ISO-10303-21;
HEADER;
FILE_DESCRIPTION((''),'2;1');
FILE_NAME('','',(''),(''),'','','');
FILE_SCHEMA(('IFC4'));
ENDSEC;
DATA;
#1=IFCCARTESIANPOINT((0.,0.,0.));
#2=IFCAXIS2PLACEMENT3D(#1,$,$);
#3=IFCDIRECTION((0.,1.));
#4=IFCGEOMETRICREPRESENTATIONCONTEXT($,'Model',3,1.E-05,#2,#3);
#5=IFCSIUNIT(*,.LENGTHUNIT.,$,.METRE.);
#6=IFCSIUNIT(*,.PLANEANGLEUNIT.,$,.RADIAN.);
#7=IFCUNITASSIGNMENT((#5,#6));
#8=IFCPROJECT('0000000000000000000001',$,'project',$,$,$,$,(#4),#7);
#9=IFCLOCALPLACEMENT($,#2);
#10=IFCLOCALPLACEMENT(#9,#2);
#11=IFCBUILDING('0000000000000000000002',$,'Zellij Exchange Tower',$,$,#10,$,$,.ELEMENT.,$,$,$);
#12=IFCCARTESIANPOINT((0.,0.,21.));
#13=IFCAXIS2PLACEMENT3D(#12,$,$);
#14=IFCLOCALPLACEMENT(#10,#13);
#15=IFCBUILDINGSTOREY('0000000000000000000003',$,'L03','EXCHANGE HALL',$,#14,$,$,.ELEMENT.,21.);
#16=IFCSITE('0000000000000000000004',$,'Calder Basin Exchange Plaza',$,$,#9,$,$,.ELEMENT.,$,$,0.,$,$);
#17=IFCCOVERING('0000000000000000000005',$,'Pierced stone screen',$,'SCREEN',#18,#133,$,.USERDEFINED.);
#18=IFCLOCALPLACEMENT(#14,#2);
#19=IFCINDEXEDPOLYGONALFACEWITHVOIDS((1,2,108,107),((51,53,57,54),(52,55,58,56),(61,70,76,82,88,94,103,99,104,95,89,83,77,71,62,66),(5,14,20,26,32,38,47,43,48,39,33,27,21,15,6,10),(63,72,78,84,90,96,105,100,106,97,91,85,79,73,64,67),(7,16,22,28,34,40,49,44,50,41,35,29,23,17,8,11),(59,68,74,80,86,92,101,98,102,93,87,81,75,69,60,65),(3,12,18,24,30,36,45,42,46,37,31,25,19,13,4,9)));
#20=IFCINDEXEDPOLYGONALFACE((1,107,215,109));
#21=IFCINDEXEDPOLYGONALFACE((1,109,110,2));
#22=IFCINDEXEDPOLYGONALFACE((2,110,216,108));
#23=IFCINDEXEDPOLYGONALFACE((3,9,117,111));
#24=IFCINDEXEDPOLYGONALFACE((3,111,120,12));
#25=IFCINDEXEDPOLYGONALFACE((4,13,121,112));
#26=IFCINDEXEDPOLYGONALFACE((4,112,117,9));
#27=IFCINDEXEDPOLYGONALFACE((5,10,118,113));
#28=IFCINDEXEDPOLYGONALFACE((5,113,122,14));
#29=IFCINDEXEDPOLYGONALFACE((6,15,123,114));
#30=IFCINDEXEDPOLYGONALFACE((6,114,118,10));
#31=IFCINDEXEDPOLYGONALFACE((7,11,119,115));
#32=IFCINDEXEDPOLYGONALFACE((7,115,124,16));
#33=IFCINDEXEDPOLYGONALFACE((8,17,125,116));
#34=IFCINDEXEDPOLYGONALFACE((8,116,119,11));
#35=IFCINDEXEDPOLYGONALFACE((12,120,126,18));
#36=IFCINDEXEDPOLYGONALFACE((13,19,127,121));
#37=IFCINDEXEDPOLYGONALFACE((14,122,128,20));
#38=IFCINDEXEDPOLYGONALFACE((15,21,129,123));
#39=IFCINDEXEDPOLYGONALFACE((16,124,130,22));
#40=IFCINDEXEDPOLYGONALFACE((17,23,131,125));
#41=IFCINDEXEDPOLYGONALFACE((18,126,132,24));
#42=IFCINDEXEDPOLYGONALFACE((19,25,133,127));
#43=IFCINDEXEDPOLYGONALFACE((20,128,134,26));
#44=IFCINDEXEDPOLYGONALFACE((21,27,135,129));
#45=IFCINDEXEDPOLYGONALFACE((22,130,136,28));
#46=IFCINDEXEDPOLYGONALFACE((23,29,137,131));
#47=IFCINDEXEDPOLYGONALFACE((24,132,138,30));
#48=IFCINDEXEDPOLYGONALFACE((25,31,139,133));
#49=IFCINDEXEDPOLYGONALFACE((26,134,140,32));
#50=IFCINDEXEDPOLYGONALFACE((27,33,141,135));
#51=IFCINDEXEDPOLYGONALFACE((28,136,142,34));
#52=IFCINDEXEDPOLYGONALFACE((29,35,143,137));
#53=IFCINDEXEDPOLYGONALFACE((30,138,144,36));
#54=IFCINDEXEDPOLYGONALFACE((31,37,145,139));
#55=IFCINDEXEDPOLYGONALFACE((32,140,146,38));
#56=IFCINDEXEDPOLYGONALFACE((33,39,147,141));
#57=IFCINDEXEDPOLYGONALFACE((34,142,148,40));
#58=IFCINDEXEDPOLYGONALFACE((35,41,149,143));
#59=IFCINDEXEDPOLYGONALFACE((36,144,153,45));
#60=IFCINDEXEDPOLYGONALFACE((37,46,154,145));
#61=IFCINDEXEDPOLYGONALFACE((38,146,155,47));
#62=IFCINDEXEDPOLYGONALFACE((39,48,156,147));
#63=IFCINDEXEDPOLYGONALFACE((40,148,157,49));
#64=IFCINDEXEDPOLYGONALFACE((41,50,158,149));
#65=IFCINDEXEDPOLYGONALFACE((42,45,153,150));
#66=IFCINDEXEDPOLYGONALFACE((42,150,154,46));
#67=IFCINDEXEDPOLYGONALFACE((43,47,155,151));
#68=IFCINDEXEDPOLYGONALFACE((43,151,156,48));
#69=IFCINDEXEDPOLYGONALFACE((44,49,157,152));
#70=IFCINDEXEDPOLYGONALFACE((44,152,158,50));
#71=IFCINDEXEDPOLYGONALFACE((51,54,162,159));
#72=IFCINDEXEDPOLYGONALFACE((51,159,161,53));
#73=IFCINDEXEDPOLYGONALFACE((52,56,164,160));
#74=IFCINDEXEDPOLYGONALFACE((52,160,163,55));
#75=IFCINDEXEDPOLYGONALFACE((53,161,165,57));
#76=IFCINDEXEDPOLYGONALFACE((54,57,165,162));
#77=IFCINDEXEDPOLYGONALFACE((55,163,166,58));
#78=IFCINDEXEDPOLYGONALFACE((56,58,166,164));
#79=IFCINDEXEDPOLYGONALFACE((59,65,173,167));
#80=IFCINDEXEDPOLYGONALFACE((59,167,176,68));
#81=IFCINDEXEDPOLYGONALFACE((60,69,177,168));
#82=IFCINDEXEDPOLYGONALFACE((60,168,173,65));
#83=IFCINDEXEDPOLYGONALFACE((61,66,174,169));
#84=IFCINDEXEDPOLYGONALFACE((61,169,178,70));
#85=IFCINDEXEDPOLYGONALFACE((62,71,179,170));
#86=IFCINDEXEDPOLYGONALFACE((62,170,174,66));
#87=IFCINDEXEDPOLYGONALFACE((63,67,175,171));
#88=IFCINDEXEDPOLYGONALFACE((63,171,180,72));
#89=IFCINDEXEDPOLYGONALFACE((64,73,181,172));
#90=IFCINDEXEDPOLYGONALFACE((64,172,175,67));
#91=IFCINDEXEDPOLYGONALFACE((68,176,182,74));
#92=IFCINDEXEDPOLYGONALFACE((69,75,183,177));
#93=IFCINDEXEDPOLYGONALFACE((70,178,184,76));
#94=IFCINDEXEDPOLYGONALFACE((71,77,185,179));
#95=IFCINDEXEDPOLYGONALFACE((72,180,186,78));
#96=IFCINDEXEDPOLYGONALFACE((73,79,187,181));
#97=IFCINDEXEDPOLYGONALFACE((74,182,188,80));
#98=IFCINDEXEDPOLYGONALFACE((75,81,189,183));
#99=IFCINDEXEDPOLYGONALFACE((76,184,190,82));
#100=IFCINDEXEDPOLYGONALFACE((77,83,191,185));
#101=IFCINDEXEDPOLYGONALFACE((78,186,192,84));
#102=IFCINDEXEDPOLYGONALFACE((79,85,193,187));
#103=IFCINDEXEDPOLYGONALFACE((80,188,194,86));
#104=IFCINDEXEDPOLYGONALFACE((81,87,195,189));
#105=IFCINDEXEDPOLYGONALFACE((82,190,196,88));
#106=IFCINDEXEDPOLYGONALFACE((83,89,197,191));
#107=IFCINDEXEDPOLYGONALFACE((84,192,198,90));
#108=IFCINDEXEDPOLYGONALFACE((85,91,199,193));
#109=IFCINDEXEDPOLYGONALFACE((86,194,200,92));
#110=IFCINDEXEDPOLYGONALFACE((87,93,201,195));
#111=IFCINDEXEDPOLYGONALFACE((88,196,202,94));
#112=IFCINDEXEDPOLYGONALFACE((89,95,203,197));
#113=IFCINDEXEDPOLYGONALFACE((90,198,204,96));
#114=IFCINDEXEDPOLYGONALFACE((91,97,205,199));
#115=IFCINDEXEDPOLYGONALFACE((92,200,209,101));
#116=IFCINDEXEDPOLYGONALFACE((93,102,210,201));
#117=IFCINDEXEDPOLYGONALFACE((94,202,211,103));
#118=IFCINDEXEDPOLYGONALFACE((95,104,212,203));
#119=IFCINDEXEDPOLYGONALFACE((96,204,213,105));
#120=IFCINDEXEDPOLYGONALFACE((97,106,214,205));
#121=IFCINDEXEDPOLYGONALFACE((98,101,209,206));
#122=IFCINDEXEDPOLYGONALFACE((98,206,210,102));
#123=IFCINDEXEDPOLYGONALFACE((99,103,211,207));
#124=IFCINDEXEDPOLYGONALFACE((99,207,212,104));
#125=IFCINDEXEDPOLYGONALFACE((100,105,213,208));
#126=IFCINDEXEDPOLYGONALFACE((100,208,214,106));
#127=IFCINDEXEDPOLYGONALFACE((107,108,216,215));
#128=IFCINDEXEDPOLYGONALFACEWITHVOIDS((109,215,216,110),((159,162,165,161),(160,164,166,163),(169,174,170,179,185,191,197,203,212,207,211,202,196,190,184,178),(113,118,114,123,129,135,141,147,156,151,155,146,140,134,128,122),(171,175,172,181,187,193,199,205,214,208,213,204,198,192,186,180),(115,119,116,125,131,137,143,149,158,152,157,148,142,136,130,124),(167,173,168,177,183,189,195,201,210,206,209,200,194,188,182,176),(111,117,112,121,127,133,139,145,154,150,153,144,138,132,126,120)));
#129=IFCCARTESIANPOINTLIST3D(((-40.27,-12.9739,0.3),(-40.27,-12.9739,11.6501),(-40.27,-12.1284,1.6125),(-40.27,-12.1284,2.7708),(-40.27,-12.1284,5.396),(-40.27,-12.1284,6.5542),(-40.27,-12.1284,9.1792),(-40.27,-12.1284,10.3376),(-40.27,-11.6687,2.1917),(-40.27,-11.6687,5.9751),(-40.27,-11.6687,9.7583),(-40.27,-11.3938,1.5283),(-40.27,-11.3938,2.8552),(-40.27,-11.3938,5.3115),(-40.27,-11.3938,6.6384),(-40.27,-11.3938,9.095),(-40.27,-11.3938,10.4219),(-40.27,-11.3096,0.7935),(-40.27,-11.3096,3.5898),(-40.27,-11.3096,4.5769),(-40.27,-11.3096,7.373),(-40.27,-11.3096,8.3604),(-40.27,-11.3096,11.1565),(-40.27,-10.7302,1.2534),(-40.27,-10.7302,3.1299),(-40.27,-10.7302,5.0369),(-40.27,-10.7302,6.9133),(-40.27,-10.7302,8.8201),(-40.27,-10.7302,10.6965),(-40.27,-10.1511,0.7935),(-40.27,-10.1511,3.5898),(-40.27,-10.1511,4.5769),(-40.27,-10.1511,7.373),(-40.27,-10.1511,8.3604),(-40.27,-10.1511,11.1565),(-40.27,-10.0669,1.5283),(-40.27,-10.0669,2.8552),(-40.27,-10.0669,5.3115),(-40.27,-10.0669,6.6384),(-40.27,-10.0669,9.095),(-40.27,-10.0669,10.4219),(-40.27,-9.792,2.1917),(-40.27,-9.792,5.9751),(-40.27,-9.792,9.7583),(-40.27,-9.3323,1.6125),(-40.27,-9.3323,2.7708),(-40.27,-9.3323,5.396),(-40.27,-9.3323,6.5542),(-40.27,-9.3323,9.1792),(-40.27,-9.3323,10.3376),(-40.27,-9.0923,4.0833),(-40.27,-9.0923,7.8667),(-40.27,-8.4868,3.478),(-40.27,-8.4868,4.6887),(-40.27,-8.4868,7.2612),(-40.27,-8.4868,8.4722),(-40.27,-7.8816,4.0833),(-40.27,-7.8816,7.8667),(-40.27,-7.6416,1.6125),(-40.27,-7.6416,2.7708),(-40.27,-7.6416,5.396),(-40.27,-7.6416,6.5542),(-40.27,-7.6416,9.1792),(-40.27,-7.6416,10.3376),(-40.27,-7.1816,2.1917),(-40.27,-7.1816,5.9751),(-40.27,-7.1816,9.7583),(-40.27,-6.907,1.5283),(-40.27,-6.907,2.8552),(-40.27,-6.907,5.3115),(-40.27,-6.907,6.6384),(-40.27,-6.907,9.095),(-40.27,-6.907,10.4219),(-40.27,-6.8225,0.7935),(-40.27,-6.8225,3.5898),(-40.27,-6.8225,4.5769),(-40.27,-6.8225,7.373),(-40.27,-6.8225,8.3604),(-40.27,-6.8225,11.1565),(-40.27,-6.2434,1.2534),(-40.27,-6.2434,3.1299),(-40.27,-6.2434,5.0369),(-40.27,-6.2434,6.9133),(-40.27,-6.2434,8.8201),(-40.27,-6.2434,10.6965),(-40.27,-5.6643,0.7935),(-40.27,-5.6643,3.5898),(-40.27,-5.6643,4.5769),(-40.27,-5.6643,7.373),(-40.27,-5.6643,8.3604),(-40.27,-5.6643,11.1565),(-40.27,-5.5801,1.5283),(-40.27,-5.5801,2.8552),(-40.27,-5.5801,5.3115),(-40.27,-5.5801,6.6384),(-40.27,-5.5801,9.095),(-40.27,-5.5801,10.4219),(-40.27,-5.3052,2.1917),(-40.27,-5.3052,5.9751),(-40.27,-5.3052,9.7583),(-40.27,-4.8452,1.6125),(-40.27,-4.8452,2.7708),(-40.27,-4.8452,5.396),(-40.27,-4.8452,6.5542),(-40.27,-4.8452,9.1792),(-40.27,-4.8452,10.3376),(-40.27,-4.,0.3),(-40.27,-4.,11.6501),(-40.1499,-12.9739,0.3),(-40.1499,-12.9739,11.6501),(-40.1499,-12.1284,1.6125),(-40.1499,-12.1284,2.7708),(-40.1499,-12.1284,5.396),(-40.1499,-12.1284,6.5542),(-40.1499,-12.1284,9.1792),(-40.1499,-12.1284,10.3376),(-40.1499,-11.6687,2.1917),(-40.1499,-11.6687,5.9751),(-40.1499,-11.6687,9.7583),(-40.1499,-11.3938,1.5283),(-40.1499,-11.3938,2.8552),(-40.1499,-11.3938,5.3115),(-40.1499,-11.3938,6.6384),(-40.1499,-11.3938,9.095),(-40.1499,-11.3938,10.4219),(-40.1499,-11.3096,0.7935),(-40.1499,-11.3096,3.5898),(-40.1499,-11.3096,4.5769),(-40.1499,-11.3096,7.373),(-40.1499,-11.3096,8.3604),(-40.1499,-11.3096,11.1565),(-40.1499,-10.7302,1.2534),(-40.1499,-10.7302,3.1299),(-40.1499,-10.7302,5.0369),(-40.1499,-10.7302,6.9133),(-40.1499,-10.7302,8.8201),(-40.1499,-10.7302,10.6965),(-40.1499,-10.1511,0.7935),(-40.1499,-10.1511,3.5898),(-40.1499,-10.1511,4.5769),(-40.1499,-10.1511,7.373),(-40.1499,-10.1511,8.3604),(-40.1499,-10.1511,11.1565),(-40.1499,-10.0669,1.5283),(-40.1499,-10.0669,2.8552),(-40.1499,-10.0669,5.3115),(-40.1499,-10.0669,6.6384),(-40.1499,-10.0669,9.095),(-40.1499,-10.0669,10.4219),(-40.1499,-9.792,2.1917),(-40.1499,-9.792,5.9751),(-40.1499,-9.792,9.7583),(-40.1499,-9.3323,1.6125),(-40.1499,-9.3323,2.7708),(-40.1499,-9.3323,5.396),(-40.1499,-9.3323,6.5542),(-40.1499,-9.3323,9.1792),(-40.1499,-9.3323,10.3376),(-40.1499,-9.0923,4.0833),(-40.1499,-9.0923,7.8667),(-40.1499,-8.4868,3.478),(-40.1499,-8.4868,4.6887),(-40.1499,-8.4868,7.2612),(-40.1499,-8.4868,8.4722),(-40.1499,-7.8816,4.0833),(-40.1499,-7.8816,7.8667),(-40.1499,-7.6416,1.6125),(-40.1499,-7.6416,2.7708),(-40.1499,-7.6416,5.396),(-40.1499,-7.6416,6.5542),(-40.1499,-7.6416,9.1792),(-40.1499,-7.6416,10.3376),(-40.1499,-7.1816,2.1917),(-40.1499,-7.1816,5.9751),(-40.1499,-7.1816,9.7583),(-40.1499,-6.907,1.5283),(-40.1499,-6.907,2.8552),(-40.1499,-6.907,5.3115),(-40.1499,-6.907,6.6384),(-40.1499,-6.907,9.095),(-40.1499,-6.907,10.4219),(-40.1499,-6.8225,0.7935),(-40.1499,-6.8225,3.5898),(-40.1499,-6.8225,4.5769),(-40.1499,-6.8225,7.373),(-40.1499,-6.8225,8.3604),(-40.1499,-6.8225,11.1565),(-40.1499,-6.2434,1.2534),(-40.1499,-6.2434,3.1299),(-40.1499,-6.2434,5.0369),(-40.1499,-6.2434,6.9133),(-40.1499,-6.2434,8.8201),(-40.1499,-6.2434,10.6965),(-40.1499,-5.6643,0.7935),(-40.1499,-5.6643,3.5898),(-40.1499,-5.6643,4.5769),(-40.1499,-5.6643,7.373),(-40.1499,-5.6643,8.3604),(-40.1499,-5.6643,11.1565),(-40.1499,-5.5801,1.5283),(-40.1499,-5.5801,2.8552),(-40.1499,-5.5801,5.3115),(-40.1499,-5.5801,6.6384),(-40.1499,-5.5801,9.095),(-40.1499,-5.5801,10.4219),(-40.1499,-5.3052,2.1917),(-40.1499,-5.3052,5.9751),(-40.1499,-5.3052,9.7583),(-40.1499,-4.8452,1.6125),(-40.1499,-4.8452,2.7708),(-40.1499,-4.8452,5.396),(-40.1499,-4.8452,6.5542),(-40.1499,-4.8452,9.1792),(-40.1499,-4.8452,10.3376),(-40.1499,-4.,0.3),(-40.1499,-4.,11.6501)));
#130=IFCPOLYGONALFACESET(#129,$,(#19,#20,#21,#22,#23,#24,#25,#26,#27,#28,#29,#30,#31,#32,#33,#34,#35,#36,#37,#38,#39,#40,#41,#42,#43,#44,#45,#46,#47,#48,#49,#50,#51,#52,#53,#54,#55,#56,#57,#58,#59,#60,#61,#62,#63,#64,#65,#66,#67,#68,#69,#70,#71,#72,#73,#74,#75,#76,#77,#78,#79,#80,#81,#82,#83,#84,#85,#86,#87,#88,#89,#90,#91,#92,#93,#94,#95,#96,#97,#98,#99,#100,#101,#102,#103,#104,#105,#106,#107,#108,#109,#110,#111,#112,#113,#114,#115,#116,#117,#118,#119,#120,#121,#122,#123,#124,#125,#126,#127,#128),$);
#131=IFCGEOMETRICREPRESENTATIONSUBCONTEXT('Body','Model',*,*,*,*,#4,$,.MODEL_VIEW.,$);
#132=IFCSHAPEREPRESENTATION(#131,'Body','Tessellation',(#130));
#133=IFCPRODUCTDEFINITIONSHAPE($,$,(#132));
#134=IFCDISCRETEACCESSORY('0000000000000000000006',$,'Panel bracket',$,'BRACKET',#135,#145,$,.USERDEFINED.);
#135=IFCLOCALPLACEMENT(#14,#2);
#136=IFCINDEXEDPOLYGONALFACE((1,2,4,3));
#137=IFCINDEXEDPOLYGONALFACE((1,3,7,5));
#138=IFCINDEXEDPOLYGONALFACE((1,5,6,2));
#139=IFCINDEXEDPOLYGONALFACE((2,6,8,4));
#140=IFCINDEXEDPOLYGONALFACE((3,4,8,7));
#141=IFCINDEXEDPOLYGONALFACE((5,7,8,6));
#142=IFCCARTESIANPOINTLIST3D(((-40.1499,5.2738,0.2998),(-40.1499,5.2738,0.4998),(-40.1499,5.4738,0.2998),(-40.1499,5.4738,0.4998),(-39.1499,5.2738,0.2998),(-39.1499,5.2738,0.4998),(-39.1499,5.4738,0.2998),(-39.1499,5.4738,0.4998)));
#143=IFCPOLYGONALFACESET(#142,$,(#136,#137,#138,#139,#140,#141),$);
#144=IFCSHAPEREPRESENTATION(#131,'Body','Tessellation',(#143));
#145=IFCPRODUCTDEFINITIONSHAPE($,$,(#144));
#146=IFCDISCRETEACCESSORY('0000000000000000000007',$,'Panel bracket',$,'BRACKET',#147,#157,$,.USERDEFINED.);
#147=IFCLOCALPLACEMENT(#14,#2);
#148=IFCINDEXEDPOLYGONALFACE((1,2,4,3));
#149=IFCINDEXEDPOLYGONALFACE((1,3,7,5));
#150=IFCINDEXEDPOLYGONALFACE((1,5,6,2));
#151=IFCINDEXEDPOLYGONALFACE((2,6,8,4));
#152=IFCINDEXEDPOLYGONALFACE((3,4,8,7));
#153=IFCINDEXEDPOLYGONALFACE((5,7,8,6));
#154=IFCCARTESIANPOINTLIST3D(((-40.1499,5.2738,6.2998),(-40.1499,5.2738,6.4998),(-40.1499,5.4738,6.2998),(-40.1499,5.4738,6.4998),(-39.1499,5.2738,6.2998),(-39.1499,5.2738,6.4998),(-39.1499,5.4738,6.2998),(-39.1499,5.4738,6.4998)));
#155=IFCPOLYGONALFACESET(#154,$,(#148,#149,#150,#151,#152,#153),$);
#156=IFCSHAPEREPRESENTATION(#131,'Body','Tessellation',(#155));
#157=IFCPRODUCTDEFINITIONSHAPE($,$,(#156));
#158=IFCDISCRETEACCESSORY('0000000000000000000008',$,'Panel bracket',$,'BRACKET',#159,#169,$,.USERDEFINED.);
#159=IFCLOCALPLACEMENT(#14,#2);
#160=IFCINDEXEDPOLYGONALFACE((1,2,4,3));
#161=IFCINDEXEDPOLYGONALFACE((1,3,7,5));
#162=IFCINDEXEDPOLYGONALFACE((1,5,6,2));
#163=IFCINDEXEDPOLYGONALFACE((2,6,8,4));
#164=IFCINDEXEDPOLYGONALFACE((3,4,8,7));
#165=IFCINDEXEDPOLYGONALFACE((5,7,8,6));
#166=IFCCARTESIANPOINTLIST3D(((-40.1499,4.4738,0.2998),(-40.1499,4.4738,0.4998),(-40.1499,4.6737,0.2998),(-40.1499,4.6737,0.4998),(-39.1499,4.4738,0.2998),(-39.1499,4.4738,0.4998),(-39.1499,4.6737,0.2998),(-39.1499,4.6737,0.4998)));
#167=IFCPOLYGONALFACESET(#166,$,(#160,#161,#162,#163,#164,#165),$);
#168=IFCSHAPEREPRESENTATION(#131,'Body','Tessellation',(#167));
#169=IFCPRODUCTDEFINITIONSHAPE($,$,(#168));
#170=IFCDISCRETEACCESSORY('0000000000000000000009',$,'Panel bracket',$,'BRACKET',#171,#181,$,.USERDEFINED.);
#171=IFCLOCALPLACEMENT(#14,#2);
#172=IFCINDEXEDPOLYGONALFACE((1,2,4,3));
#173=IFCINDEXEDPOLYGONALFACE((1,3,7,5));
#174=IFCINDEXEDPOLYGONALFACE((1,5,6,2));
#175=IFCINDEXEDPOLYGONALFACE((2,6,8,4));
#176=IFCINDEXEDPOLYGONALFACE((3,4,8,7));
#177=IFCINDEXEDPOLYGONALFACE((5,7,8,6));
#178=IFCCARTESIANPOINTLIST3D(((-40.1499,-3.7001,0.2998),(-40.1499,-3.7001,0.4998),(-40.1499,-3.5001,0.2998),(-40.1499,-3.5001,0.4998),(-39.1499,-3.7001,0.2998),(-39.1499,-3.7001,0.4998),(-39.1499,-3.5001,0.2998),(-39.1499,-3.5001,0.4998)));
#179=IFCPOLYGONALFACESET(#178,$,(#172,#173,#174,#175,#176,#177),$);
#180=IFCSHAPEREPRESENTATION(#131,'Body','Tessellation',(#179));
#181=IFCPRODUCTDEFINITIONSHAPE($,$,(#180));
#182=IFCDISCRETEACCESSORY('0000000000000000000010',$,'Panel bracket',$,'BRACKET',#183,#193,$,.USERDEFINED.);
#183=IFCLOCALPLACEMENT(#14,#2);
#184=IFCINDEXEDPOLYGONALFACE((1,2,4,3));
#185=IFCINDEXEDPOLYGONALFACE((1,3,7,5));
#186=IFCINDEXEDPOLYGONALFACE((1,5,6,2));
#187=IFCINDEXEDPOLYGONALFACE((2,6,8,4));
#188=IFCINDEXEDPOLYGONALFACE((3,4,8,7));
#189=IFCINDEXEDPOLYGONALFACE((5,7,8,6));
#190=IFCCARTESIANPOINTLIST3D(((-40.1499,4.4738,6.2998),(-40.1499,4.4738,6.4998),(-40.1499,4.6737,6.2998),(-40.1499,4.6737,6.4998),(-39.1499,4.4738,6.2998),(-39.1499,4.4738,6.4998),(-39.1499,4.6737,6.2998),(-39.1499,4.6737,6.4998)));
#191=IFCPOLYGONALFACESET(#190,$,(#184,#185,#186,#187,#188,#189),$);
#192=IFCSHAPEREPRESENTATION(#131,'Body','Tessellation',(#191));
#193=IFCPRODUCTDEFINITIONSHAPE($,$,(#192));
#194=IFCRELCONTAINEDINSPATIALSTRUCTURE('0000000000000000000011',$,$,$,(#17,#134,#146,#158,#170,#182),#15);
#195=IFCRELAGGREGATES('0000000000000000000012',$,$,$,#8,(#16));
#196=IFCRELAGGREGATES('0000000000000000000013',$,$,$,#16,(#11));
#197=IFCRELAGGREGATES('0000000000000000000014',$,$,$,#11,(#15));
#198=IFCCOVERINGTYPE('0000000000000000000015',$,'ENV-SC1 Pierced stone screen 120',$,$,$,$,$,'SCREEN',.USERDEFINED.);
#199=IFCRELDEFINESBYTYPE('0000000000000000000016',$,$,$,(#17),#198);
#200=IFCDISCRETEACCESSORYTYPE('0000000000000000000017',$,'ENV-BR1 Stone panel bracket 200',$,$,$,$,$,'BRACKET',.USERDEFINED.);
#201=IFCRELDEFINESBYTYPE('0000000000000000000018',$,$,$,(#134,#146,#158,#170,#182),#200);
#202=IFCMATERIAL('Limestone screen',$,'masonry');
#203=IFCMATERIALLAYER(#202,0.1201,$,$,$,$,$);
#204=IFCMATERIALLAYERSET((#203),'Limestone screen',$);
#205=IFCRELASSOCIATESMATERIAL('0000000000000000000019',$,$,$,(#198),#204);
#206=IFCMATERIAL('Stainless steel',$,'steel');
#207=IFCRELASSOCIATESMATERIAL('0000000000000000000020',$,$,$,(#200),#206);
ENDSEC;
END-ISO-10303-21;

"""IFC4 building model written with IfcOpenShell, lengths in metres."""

from ifc_helpers import new_model, si_unit, direction, frame, origin, origin_2d, place, context, subcontext, project, spatial, polyline, rectangle, outline, extrude, material, layer, layer_set, type_object, element, save


model = new_model("IFC4")

# Units and contexts
model_context = context("Model", 3, precision=1e-05, world=origin(), true_north=direction((0.0, 1.0)))
body_context = subcontext(model_context, "Body", "Model", "MODEL_VIEW")
ifc_project = project(units=[si_unit("LENGTHUNIT", "METRE"), si_unit("PLANEANGLEUNIT", "RADIAN")], contexts=[model_context])

# Site, building, storey
site_placement = place(None, origin())
site = spatial("IfcSite", under=ifc_project, at=site_placement, Name="Calder Basin Exchange Plaza", CompositionType="ELEMENT", RefElevation=0.0)
building_placement = place(site_placement, origin())
building = spatial("IfcBuilding", under=site, at=building_placement, Name="Zellij Exchange Tower", CompositionType="ELEMENT")
storey_placement = place(building_placement, frame((0.0, 0.0, 21.0)))
storey = spatial("IfcBuildingStorey", under=building, at=storey_placement, Name="L03", Description="EXCHANGE HALL", CompositionType="ELEMENT", Elevation=21.0)

# Covering
ifc_material_1 = material(Name="Limestone screen", Category="masonry")
ifc_layer_1 = layer(ifc_material_1, 0.1201)
ifc_layer_set_1 = layer_set([ifc_layer_1], Name="Limestone screen")
covering_type = type_object("IfcCoveringType", Name="ENV-SC1 Pierced stone screen 120", ElementType="SCREEN", PredefinedType="USERDEFINED", material=ifc_layer_set_1)
covering_1_placement = place(storey_placement, frame((-40.21, -4.0, 0.3), z_axis=(0.0, 0.0, 1.0), x_axis=(0.0, -1.0, 0.0)))
element("IfcCovering", 1, at=covering_1_placement, inside=storey, type_object=covering_type, Name="Pierced stone screen", ObjectType="SCREEN", PredefinedType="USERDEFINED", context=body_context, shape_type="SweptSolid", body=[
    extrude(outline(polyline([(0.0, 0.0), (8.9739, 0.0), (8.9739, 11.3501), (0.0, 11.3501), (0.0, 0.0)]), holes=[polyline([(3.6416, 2.4707), (2.907, 2.5552), (2.8225, 3.2898), (2.2434, 2.8298), (1.6643, 3.2898), (1.5801, 2.5552), (0.8452, 2.4707), (1.3052, 1.8916), (0.8452, 1.3125), (1.5801, 1.2283), (1.6643, 0.4934), (2.2434, 0.9534), (2.8225, 0.4934), (2.907, 1.2283), (3.6416, 1.3125), (3.1816, 1.8916), (3.6416, 2.4707)]), polyline([(3.6416, 6.2542), (2.907, 6.3384), (2.8225, 7.073), (2.2434, 6.6133), (1.6643, 7.073), (1.5801, 6.3384), (0.8452, 6.2542), (1.3052, 5.675), (0.8452, 5.0959), (1.5801, 5.0115), (1.6643, 4.2769), (2.2434, 4.7368), (2.8225, 4.2769), (2.907, 5.0115), (3.6416, 5.0959), (3.1816, 5.675), (3.6416, 6.2542)]), polyline([(3.6416, 10.0376), (2.907, 10.1218), (2.8225, 10.8564), (2.2434, 10.3965), (1.6643, 10.8564), (1.5801, 10.1218), (0.8452, 10.0376), (1.3052, 9.4583), (0.8452, 8.8792), (1.5801, 8.7949), (1.6643, 8.0603), (2.2434, 8.52), (2.8225, 8.0603), (2.907, 8.7949), (3.6416, 8.8792), (3.1816, 9.4583), (3.6416, 10.0376)]), polyline([(8.1284, 2.4707), (7.3938, 2.5552), (7.3096, 3.2898), (6.7302, 2.8298), (6.1511, 3.2898), (6.0669, 2.5552), (5.3323, 2.4707), (5.792, 1.8916), (5.3323, 1.3125), (6.0669, 1.2283), (6.1511, 0.4934), (6.7302, 0.9534), (7.3096, 0.4934), (7.3938, 1.2283), (8.1284, 1.3125), (7.6687, 1.8916), (8.1284, 2.4707)]), polyline([(8.1284, 6.2542), (7.3938, 6.3384), (7.3096, 7.073), (6.7302, 6.6133), (6.1511, 7.073), (6.0669, 6.3384), (5.3323, 6.2542), (5.792, 5.675), (5.3323, 5.0959), (6.0669, 5.0115), (6.1511, 4.2769), (6.7302, 4.7368), (7.3096, 4.2769), (7.3938, 5.0115), (8.1284, 5.0959), (7.6687, 5.675), (8.1284, 6.2542)]), polyline([(8.1284, 10.0376), (7.3938, 10.1218), (7.3096, 10.8564), (6.7302, 10.3965), (6.1511, 10.8564), (6.0669, 10.1218), (5.3323, 10.0376), (5.792, 9.4583), (5.3323, 8.8792), (6.0669, 8.7949), (6.1511, 8.0603), (6.7302, 8.52), (7.3096, 8.0603), (7.3938, 8.7949), (8.1284, 8.8792), (7.6687, 9.4583), (8.1284, 10.0376)]), polyline([(5.0923, 3.7832), (4.4868, 4.3887), (3.8816, 3.7832), (4.4868, 3.178), (5.0923, 3.7832)]), polyline([(5.0923, 7.5667), (4.4868, 8.1721), (3.8816, 7.5667), (4.4868, 6.9612), (5.0923, 7.5667)])]), frame((0.0, 0.0601, 0.0), z_axis=(0.0, -1.0, 0.0), x_axis=(1.0, 0.0, 0.0)), (0.0, 0.0, 1.0), 0.1201),
])

# Discrete accessories
ifc_material_2 = material(Name="Stainless steel", Category="steel")
discrete_accessory_type = type_object("IfcDiscreteAccessoryType", Name="ENV-BR1 Stone panel bracket 200", ElementType="BRACKET", PredefinedType="USERDEFINED", material=ifc_material_2)
for number, where, z_axis, x_axis, name in (
    (2, (-39.6499, 5.3738, 0.2998), (0.0, 0.0, 1.0), (0.0, -1.0, 0.0), "Panel bracket"),
    (3, (-39.6499, 5.3738, 6.2998), (0.0, 0.0, 1.0), (0.0, -1.0, 0.0), "Panel bracket"),
    (4, (-39.6499, 4.5737, 0.2998), (0.0, 0.0, 1.0), (0.0, -1.0, 0.0), "Panel bracket"),
    (5, (-39.6499, -3.6001, 0.2998), (0.0, 0.0, 1.0), (0.0, -1.0, 0.0), "Panel bracket"),
    (6, (-39.6499, 4.5737, 6.2998), (0.0, 0.0, 1.0), (0.0, -1.0, 0.0), "Panel bracket"),
):
    element("IfcDiscreteAccessory", number, at=place(storey_placement, frame(where, z_axis=z_axis, x_axis=x_axis)), inside=storey, type_object=discrete_accessory_type, Name=name, ObjectType="BRACKET", PredefinedType="USERDEFINED", context=body_context, shape_type="SweptSolid", body=[
        extrude(rectangle(XDim=0.2, YDim=1.0, at=origin_2d()), origin(), (0.0, 0.0, 1.0), 0.2),
    ])

save(model, "model.ifc")
